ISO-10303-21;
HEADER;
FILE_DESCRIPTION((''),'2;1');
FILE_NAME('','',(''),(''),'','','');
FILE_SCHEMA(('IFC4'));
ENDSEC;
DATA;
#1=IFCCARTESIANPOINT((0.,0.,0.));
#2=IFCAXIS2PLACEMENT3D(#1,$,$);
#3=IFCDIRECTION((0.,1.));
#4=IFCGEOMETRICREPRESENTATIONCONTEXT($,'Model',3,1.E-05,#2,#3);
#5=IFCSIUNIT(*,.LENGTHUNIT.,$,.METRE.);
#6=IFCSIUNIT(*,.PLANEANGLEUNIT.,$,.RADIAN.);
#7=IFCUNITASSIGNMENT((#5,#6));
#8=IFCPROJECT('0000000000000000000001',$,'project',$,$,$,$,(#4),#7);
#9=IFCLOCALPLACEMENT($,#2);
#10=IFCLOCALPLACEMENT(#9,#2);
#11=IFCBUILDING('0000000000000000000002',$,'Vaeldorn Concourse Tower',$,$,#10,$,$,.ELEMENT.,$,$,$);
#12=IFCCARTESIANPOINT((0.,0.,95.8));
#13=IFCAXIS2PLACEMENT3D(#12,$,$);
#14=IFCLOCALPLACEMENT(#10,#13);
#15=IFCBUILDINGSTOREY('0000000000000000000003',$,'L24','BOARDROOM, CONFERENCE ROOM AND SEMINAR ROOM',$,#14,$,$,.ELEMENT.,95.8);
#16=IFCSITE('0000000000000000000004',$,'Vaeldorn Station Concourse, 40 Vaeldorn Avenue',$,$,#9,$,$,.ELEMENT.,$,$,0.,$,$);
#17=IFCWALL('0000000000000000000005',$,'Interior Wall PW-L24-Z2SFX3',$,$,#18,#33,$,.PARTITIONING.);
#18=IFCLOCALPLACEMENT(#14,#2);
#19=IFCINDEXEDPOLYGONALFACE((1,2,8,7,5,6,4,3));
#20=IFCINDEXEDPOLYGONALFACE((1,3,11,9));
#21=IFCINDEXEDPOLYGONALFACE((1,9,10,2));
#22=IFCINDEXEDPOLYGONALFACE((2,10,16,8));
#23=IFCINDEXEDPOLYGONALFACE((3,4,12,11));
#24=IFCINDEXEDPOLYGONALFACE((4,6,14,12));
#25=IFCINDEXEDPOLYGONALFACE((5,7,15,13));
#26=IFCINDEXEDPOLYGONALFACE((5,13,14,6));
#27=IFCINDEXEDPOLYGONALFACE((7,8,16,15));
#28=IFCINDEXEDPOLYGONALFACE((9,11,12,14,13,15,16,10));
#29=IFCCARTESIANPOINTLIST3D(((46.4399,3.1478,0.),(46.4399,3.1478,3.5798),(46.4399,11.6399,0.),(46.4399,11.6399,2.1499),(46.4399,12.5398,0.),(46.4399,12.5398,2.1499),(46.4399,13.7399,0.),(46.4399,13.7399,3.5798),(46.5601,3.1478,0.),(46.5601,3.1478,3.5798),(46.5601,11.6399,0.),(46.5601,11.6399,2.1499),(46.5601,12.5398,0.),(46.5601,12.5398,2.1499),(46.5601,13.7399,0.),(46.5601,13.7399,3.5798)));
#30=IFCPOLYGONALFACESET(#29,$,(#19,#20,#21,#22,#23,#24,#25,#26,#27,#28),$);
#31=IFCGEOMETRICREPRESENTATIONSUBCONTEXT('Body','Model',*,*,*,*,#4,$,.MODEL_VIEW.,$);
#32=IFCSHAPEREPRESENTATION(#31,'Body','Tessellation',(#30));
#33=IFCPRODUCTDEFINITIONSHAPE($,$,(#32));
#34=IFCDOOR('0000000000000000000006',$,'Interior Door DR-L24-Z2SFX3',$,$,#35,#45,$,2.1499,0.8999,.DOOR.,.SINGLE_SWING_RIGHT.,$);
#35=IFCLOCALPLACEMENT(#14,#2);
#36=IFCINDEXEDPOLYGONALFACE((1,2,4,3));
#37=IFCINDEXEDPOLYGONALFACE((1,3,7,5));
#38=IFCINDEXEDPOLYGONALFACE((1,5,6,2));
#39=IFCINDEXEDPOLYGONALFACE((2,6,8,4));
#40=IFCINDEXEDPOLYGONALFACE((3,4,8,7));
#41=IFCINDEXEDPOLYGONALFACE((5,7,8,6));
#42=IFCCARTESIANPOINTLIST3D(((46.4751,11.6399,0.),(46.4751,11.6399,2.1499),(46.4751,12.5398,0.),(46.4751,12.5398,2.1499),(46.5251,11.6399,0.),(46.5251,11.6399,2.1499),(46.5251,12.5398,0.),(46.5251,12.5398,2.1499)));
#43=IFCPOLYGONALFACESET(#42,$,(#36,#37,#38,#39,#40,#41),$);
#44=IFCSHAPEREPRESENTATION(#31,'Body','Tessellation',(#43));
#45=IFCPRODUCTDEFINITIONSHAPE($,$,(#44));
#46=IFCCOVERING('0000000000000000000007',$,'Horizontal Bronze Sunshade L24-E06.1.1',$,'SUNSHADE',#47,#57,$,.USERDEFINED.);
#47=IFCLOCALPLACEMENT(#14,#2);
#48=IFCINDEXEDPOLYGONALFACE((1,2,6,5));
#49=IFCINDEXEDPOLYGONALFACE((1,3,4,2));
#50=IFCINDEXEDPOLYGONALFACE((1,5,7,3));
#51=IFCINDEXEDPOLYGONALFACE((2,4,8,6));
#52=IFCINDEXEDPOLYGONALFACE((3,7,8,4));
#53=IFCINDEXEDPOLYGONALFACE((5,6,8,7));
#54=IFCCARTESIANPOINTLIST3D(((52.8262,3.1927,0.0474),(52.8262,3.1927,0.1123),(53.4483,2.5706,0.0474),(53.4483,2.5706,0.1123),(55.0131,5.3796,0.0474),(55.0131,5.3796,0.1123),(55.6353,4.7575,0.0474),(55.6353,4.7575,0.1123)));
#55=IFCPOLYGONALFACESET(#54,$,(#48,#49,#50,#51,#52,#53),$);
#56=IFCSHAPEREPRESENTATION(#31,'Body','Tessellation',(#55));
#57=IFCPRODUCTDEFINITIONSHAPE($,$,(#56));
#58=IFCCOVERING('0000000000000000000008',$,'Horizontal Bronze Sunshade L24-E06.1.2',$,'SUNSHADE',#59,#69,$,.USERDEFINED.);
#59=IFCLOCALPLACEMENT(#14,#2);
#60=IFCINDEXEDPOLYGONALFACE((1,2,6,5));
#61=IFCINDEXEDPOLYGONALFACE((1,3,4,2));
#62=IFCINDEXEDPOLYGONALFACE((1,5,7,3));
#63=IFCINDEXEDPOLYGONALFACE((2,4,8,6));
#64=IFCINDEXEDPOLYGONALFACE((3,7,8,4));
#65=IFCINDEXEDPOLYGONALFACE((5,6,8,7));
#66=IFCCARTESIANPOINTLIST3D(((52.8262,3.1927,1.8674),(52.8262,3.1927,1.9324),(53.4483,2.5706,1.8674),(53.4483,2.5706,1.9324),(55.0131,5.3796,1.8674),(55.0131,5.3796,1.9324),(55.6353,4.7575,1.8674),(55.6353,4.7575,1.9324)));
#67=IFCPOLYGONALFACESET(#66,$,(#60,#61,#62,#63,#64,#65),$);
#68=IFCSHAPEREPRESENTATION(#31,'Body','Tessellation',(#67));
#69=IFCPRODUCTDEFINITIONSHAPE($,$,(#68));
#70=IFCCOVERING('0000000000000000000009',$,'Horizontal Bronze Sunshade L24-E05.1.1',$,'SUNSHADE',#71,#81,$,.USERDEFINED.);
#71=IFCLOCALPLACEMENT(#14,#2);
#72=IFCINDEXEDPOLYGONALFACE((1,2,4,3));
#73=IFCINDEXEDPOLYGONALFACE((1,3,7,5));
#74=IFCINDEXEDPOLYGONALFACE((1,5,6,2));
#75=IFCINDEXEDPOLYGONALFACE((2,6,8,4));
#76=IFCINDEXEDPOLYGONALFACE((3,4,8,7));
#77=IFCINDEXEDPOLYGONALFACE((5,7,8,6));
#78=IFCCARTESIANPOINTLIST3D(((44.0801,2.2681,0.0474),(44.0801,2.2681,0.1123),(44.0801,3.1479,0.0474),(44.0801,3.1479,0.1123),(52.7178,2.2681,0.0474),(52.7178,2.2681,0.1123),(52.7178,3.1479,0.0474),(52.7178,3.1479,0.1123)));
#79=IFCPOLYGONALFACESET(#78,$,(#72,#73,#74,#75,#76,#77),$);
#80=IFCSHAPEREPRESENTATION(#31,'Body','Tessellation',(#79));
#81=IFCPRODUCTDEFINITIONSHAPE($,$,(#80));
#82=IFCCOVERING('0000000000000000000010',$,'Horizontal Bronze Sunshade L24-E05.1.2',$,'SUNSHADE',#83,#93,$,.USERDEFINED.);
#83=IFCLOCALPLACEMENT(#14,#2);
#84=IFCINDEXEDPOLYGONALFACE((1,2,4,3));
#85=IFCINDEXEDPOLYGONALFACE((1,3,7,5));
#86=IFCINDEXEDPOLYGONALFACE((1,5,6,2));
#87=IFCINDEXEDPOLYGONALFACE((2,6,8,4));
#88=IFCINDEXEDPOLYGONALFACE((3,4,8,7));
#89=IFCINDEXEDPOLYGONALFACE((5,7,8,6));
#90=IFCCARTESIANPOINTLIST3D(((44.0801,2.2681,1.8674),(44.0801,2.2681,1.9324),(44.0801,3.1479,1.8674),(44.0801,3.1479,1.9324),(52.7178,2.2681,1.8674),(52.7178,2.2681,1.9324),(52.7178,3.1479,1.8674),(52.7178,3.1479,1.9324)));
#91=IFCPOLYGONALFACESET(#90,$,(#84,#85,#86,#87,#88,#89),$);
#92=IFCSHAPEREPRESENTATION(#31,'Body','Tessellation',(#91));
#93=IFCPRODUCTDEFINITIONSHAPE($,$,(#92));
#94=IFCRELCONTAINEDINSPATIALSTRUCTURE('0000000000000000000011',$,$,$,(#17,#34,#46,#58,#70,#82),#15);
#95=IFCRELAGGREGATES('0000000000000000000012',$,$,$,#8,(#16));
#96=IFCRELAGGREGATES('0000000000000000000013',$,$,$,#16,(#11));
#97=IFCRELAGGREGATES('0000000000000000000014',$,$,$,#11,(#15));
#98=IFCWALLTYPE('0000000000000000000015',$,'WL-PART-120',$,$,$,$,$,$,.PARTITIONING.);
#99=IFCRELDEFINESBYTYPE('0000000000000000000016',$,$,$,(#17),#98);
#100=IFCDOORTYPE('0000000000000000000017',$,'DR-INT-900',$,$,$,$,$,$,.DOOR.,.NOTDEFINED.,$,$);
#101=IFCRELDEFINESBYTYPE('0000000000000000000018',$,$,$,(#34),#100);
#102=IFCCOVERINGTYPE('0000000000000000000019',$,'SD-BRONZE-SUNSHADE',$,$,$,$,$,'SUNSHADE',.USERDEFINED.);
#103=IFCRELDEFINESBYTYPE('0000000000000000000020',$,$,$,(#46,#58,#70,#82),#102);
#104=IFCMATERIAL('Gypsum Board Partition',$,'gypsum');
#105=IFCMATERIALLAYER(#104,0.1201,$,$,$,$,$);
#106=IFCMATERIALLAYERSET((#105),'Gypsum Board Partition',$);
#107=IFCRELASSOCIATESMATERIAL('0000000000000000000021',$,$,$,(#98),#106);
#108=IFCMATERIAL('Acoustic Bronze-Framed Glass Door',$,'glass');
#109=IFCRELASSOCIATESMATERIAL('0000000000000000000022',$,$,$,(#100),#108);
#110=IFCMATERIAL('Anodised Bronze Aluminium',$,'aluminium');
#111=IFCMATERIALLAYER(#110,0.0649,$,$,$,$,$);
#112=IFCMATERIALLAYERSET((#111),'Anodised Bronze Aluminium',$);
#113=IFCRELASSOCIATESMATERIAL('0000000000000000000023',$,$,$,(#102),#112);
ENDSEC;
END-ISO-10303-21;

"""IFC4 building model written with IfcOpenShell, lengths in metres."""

from ifc_helpers import new_model, si_unit, direction, frame, frame_2d, origin, origin_2d, place, context, subcontext, project, spatial, rectangle, extrude, source, transform, mapped, material, layer, layer_set, type_object, element, fill, save


model = new_model("IFC4")

# Units and contexts
model_context = context("Model", 3, precision=1e-05, world=origin(), true_north=direction((0.0, 1.0)))
body_context = subcontext(model_context, "Body", "Model", "MODEL_VIEW")
ifc_project = project(units=[si_unit("LENGTHUNIT", "METRE"), si_unit("PLANEANGLEUNIT", "RADIAN")], contexts=[model_context])

# Site, building, storey
site_placement = place(None, origin())
site = spatial("IfcSite", under=ifc_project, at=site_placement, Name="Vaeldorn Station Concourse, 40 Vaeldorn Avenue", CompositionType="ELEMENT", RefElevation=0.0)
building_placement = place(site_placement, origin())
building = spatial("IfcBuilding", under=site, at=building_placement, Name="Vaeldorn Concourse Tower", CompositionType="ELEMENT")
storey_placement = place(building_placement, frame((0.0, 0.0, 95.8)))
storey = spatial("IfcBuildingStorey", under=building, at=storey_placement, Name="L24", Description="BOARDROOM, CONFERENCE ROOM AND SEMINAR ROOM", CompositionType="ELEMENT", Elevation=95.8)

# Shared definitions
ifc_material_1 = material(Name="Anodised Bronze Aluminium", Category="aluminium")

# Wall, opening, door
ifc_material_2 = material(Name="Gypsum Board Partition", Category="gypsum")
ifc_layer_1 = layer(ifc_material_2, 0.1201)
ifc_layer_set_1 = layer_set([ifc_layer_1], Name="Gypsum Board Partition")
wall_type = type_object("IfcWallType", Name="WL-PART-120", PredefinedType="PARTITIONING", material=ifc_layer_set_1)
wall_placement = place(storey_placement, frame((46.5, 3.1479, 0.0), z_axis=(0.0, 0.0, 1.0), x_axis=(0.0, 1.0, 0.0)))
wall = element("IfcWall", 1, at=wall_placement, inside=storey, type_object=wall_type, Name="Interior Wall PW-L24-Z2SFX3", PredefinedType="PARTITIONING", context=body_context, shape_type="SweptSolid", body=[
    extrude(rectangle(XDim=10.592, YDim=0.1201, at=frame_2d((5.2959, 0.0))), origin(), (0.0, 0.0, 1.0), 3.5798),
])
opening_placement = place(wall_placement, frame((8.4919, 0.0, 0.0)))
opening = element("IfcOpeningElement", 2, at=opening_placement, cuts=wall, PredefinedType="OPENING", context=body_context, shape_type="SweptSolid", body=[
    extrude(rectangle(XDim=0.8999, YDim=2.1499, at=frame_2d((0.45, 1.075))), frame((0.0, 0.0701, 0.0), z_axis=(0.0, -1.0, 0.0), x_axis=(1.0, 0.0, 0.0)), (0.0, 0.0, 1.0), 0.1401),
])
ifc_material_3 = material(Name="Acoustic Bronze-Framed Glass Door", Category="glass")
door_type = type_object("IfcDoorType", Name="DR-INT-900", OperationType="NOTDEFINED", PredefinedType="DOOR", material=ifc_material_3)
shared_shape_1 = source(origin(), body_context, "Body", "SweptSolid", [
    extrude(rectangle(XDim=0.8999, YDim=2.1499, at=frame_2d((0.45, 1.075))), frame((0.0, 0.0249, 0.0), z_axis=(0.0, -1.0, 0.0), x_axis=(1.0, 0.0, 0.0)), (0.0, 0.0, 1.0), 0.05),
])
door_placement = place(opening_placement, origin())
door = element("IfcDoor", 3, at=door_placement, inside=storey, type_object=door_type, Name="Interior Door DR-L24-Z2SFX3", OperationType="SINGLE_SWING_RIGHT", OverallHeight=2.1499, OverallWidth=0.8999, PredefinedType="DOOR", context=body_context, shape_type="MappedRepresentation", body=[
    mapped(shared_shape_1, transform((0.0, 0.0, 0.0), scale=1.0)),
])
fill(opening, door)

# Coverings
ifc_layer_2 = layer(ifc_material_1, 0.0649)
ifc_layer_set_2 = layer_set([ifc_layer_2], Name="Anodised Bronze Aluminium")
covering_type = type_object("IfcCoveringType", Name="SD-BRONZE-SUNSHADE", ElementType="SUNSHADE", PredefinedType="USERDEFINED", material=ifc_layer_set_2)
shared_shape_2 = source(origin(), body_context, "Body", "SweptSolid", [
    extrude(rectangle(XDim=3.0928, YDim=0.8799, at=origin_2d()), origin(), (0.0, 0.0, 1.0), 0.0649),
])
for number, where, z_axis, x_axis, name in (
    (4, (54.2307, 3.9751, 0.0474), (0.0, 0.0, 1.0), (0.707107, 0.707107, 0.0), "Horizontal Bronze Sunshade L24-E06.1.1"),
    (5, (54.2307, 3.9751, 1.8674), (0.0, 0.0, 1.0), (0.707107, 0.707107, 0.0), "Horizontal Bronze Sunshade L24-E06.1.2"),
):
    element("IfcCovering", number, at=place(storey_placement, frame(where, z_axis=z_axis, x_axis=x_axis)), inside=storey, type_object=covering_type, Name=name, ObjectType="SUNSHADE", PredefinedType="USERDEFINED", context=body_context, shape_type="MappedRepresentation", body=[
        mapped(shared_shape_2, transform((0.0, 0.0, 0.0), scale=1.0)),
    ])
shared_shape_3 = source(origin(), body_context, "Body", "SweptSolid", [
    extrude(rectangle(XDim=8.6377, YDim=0.8799, at=origin_2d()), origin(), (0.0, 0.0, 1.0), 0.0649),
])
for number, where, z_axis, x_axis, name in (
    (6, (48.3989, 2.708, 0.0474), (0.0, 0.0, 1.0), (1.0, 0.0, 0.0), "Horizontal Bronze Sunshade L24-E05.1.1"),
    (7, (48.3989, 2.708, 1.8674), (0.0, 0.0, 1.0), (1.0, 0.0, 0.0), "Horizontal Bronze Sunshade L24-E05.1.2"),
):
    element("IfcCovering", number, at=place(storey_placement, frame(where, z_axis=z_axis, x_axis=x_axis)), inside=storey, type_object=covering_type, Name=name, ObjectType="SUNSHADE", PredefinedType="USERDEFINED", context=body_context, shape_type="MappedRepresentation", body=[
        mapped(shared_shape_3, transform((0.0, 0.0, 0.0), scale=1.0)),
    ])

save(model, "model.ifc")
